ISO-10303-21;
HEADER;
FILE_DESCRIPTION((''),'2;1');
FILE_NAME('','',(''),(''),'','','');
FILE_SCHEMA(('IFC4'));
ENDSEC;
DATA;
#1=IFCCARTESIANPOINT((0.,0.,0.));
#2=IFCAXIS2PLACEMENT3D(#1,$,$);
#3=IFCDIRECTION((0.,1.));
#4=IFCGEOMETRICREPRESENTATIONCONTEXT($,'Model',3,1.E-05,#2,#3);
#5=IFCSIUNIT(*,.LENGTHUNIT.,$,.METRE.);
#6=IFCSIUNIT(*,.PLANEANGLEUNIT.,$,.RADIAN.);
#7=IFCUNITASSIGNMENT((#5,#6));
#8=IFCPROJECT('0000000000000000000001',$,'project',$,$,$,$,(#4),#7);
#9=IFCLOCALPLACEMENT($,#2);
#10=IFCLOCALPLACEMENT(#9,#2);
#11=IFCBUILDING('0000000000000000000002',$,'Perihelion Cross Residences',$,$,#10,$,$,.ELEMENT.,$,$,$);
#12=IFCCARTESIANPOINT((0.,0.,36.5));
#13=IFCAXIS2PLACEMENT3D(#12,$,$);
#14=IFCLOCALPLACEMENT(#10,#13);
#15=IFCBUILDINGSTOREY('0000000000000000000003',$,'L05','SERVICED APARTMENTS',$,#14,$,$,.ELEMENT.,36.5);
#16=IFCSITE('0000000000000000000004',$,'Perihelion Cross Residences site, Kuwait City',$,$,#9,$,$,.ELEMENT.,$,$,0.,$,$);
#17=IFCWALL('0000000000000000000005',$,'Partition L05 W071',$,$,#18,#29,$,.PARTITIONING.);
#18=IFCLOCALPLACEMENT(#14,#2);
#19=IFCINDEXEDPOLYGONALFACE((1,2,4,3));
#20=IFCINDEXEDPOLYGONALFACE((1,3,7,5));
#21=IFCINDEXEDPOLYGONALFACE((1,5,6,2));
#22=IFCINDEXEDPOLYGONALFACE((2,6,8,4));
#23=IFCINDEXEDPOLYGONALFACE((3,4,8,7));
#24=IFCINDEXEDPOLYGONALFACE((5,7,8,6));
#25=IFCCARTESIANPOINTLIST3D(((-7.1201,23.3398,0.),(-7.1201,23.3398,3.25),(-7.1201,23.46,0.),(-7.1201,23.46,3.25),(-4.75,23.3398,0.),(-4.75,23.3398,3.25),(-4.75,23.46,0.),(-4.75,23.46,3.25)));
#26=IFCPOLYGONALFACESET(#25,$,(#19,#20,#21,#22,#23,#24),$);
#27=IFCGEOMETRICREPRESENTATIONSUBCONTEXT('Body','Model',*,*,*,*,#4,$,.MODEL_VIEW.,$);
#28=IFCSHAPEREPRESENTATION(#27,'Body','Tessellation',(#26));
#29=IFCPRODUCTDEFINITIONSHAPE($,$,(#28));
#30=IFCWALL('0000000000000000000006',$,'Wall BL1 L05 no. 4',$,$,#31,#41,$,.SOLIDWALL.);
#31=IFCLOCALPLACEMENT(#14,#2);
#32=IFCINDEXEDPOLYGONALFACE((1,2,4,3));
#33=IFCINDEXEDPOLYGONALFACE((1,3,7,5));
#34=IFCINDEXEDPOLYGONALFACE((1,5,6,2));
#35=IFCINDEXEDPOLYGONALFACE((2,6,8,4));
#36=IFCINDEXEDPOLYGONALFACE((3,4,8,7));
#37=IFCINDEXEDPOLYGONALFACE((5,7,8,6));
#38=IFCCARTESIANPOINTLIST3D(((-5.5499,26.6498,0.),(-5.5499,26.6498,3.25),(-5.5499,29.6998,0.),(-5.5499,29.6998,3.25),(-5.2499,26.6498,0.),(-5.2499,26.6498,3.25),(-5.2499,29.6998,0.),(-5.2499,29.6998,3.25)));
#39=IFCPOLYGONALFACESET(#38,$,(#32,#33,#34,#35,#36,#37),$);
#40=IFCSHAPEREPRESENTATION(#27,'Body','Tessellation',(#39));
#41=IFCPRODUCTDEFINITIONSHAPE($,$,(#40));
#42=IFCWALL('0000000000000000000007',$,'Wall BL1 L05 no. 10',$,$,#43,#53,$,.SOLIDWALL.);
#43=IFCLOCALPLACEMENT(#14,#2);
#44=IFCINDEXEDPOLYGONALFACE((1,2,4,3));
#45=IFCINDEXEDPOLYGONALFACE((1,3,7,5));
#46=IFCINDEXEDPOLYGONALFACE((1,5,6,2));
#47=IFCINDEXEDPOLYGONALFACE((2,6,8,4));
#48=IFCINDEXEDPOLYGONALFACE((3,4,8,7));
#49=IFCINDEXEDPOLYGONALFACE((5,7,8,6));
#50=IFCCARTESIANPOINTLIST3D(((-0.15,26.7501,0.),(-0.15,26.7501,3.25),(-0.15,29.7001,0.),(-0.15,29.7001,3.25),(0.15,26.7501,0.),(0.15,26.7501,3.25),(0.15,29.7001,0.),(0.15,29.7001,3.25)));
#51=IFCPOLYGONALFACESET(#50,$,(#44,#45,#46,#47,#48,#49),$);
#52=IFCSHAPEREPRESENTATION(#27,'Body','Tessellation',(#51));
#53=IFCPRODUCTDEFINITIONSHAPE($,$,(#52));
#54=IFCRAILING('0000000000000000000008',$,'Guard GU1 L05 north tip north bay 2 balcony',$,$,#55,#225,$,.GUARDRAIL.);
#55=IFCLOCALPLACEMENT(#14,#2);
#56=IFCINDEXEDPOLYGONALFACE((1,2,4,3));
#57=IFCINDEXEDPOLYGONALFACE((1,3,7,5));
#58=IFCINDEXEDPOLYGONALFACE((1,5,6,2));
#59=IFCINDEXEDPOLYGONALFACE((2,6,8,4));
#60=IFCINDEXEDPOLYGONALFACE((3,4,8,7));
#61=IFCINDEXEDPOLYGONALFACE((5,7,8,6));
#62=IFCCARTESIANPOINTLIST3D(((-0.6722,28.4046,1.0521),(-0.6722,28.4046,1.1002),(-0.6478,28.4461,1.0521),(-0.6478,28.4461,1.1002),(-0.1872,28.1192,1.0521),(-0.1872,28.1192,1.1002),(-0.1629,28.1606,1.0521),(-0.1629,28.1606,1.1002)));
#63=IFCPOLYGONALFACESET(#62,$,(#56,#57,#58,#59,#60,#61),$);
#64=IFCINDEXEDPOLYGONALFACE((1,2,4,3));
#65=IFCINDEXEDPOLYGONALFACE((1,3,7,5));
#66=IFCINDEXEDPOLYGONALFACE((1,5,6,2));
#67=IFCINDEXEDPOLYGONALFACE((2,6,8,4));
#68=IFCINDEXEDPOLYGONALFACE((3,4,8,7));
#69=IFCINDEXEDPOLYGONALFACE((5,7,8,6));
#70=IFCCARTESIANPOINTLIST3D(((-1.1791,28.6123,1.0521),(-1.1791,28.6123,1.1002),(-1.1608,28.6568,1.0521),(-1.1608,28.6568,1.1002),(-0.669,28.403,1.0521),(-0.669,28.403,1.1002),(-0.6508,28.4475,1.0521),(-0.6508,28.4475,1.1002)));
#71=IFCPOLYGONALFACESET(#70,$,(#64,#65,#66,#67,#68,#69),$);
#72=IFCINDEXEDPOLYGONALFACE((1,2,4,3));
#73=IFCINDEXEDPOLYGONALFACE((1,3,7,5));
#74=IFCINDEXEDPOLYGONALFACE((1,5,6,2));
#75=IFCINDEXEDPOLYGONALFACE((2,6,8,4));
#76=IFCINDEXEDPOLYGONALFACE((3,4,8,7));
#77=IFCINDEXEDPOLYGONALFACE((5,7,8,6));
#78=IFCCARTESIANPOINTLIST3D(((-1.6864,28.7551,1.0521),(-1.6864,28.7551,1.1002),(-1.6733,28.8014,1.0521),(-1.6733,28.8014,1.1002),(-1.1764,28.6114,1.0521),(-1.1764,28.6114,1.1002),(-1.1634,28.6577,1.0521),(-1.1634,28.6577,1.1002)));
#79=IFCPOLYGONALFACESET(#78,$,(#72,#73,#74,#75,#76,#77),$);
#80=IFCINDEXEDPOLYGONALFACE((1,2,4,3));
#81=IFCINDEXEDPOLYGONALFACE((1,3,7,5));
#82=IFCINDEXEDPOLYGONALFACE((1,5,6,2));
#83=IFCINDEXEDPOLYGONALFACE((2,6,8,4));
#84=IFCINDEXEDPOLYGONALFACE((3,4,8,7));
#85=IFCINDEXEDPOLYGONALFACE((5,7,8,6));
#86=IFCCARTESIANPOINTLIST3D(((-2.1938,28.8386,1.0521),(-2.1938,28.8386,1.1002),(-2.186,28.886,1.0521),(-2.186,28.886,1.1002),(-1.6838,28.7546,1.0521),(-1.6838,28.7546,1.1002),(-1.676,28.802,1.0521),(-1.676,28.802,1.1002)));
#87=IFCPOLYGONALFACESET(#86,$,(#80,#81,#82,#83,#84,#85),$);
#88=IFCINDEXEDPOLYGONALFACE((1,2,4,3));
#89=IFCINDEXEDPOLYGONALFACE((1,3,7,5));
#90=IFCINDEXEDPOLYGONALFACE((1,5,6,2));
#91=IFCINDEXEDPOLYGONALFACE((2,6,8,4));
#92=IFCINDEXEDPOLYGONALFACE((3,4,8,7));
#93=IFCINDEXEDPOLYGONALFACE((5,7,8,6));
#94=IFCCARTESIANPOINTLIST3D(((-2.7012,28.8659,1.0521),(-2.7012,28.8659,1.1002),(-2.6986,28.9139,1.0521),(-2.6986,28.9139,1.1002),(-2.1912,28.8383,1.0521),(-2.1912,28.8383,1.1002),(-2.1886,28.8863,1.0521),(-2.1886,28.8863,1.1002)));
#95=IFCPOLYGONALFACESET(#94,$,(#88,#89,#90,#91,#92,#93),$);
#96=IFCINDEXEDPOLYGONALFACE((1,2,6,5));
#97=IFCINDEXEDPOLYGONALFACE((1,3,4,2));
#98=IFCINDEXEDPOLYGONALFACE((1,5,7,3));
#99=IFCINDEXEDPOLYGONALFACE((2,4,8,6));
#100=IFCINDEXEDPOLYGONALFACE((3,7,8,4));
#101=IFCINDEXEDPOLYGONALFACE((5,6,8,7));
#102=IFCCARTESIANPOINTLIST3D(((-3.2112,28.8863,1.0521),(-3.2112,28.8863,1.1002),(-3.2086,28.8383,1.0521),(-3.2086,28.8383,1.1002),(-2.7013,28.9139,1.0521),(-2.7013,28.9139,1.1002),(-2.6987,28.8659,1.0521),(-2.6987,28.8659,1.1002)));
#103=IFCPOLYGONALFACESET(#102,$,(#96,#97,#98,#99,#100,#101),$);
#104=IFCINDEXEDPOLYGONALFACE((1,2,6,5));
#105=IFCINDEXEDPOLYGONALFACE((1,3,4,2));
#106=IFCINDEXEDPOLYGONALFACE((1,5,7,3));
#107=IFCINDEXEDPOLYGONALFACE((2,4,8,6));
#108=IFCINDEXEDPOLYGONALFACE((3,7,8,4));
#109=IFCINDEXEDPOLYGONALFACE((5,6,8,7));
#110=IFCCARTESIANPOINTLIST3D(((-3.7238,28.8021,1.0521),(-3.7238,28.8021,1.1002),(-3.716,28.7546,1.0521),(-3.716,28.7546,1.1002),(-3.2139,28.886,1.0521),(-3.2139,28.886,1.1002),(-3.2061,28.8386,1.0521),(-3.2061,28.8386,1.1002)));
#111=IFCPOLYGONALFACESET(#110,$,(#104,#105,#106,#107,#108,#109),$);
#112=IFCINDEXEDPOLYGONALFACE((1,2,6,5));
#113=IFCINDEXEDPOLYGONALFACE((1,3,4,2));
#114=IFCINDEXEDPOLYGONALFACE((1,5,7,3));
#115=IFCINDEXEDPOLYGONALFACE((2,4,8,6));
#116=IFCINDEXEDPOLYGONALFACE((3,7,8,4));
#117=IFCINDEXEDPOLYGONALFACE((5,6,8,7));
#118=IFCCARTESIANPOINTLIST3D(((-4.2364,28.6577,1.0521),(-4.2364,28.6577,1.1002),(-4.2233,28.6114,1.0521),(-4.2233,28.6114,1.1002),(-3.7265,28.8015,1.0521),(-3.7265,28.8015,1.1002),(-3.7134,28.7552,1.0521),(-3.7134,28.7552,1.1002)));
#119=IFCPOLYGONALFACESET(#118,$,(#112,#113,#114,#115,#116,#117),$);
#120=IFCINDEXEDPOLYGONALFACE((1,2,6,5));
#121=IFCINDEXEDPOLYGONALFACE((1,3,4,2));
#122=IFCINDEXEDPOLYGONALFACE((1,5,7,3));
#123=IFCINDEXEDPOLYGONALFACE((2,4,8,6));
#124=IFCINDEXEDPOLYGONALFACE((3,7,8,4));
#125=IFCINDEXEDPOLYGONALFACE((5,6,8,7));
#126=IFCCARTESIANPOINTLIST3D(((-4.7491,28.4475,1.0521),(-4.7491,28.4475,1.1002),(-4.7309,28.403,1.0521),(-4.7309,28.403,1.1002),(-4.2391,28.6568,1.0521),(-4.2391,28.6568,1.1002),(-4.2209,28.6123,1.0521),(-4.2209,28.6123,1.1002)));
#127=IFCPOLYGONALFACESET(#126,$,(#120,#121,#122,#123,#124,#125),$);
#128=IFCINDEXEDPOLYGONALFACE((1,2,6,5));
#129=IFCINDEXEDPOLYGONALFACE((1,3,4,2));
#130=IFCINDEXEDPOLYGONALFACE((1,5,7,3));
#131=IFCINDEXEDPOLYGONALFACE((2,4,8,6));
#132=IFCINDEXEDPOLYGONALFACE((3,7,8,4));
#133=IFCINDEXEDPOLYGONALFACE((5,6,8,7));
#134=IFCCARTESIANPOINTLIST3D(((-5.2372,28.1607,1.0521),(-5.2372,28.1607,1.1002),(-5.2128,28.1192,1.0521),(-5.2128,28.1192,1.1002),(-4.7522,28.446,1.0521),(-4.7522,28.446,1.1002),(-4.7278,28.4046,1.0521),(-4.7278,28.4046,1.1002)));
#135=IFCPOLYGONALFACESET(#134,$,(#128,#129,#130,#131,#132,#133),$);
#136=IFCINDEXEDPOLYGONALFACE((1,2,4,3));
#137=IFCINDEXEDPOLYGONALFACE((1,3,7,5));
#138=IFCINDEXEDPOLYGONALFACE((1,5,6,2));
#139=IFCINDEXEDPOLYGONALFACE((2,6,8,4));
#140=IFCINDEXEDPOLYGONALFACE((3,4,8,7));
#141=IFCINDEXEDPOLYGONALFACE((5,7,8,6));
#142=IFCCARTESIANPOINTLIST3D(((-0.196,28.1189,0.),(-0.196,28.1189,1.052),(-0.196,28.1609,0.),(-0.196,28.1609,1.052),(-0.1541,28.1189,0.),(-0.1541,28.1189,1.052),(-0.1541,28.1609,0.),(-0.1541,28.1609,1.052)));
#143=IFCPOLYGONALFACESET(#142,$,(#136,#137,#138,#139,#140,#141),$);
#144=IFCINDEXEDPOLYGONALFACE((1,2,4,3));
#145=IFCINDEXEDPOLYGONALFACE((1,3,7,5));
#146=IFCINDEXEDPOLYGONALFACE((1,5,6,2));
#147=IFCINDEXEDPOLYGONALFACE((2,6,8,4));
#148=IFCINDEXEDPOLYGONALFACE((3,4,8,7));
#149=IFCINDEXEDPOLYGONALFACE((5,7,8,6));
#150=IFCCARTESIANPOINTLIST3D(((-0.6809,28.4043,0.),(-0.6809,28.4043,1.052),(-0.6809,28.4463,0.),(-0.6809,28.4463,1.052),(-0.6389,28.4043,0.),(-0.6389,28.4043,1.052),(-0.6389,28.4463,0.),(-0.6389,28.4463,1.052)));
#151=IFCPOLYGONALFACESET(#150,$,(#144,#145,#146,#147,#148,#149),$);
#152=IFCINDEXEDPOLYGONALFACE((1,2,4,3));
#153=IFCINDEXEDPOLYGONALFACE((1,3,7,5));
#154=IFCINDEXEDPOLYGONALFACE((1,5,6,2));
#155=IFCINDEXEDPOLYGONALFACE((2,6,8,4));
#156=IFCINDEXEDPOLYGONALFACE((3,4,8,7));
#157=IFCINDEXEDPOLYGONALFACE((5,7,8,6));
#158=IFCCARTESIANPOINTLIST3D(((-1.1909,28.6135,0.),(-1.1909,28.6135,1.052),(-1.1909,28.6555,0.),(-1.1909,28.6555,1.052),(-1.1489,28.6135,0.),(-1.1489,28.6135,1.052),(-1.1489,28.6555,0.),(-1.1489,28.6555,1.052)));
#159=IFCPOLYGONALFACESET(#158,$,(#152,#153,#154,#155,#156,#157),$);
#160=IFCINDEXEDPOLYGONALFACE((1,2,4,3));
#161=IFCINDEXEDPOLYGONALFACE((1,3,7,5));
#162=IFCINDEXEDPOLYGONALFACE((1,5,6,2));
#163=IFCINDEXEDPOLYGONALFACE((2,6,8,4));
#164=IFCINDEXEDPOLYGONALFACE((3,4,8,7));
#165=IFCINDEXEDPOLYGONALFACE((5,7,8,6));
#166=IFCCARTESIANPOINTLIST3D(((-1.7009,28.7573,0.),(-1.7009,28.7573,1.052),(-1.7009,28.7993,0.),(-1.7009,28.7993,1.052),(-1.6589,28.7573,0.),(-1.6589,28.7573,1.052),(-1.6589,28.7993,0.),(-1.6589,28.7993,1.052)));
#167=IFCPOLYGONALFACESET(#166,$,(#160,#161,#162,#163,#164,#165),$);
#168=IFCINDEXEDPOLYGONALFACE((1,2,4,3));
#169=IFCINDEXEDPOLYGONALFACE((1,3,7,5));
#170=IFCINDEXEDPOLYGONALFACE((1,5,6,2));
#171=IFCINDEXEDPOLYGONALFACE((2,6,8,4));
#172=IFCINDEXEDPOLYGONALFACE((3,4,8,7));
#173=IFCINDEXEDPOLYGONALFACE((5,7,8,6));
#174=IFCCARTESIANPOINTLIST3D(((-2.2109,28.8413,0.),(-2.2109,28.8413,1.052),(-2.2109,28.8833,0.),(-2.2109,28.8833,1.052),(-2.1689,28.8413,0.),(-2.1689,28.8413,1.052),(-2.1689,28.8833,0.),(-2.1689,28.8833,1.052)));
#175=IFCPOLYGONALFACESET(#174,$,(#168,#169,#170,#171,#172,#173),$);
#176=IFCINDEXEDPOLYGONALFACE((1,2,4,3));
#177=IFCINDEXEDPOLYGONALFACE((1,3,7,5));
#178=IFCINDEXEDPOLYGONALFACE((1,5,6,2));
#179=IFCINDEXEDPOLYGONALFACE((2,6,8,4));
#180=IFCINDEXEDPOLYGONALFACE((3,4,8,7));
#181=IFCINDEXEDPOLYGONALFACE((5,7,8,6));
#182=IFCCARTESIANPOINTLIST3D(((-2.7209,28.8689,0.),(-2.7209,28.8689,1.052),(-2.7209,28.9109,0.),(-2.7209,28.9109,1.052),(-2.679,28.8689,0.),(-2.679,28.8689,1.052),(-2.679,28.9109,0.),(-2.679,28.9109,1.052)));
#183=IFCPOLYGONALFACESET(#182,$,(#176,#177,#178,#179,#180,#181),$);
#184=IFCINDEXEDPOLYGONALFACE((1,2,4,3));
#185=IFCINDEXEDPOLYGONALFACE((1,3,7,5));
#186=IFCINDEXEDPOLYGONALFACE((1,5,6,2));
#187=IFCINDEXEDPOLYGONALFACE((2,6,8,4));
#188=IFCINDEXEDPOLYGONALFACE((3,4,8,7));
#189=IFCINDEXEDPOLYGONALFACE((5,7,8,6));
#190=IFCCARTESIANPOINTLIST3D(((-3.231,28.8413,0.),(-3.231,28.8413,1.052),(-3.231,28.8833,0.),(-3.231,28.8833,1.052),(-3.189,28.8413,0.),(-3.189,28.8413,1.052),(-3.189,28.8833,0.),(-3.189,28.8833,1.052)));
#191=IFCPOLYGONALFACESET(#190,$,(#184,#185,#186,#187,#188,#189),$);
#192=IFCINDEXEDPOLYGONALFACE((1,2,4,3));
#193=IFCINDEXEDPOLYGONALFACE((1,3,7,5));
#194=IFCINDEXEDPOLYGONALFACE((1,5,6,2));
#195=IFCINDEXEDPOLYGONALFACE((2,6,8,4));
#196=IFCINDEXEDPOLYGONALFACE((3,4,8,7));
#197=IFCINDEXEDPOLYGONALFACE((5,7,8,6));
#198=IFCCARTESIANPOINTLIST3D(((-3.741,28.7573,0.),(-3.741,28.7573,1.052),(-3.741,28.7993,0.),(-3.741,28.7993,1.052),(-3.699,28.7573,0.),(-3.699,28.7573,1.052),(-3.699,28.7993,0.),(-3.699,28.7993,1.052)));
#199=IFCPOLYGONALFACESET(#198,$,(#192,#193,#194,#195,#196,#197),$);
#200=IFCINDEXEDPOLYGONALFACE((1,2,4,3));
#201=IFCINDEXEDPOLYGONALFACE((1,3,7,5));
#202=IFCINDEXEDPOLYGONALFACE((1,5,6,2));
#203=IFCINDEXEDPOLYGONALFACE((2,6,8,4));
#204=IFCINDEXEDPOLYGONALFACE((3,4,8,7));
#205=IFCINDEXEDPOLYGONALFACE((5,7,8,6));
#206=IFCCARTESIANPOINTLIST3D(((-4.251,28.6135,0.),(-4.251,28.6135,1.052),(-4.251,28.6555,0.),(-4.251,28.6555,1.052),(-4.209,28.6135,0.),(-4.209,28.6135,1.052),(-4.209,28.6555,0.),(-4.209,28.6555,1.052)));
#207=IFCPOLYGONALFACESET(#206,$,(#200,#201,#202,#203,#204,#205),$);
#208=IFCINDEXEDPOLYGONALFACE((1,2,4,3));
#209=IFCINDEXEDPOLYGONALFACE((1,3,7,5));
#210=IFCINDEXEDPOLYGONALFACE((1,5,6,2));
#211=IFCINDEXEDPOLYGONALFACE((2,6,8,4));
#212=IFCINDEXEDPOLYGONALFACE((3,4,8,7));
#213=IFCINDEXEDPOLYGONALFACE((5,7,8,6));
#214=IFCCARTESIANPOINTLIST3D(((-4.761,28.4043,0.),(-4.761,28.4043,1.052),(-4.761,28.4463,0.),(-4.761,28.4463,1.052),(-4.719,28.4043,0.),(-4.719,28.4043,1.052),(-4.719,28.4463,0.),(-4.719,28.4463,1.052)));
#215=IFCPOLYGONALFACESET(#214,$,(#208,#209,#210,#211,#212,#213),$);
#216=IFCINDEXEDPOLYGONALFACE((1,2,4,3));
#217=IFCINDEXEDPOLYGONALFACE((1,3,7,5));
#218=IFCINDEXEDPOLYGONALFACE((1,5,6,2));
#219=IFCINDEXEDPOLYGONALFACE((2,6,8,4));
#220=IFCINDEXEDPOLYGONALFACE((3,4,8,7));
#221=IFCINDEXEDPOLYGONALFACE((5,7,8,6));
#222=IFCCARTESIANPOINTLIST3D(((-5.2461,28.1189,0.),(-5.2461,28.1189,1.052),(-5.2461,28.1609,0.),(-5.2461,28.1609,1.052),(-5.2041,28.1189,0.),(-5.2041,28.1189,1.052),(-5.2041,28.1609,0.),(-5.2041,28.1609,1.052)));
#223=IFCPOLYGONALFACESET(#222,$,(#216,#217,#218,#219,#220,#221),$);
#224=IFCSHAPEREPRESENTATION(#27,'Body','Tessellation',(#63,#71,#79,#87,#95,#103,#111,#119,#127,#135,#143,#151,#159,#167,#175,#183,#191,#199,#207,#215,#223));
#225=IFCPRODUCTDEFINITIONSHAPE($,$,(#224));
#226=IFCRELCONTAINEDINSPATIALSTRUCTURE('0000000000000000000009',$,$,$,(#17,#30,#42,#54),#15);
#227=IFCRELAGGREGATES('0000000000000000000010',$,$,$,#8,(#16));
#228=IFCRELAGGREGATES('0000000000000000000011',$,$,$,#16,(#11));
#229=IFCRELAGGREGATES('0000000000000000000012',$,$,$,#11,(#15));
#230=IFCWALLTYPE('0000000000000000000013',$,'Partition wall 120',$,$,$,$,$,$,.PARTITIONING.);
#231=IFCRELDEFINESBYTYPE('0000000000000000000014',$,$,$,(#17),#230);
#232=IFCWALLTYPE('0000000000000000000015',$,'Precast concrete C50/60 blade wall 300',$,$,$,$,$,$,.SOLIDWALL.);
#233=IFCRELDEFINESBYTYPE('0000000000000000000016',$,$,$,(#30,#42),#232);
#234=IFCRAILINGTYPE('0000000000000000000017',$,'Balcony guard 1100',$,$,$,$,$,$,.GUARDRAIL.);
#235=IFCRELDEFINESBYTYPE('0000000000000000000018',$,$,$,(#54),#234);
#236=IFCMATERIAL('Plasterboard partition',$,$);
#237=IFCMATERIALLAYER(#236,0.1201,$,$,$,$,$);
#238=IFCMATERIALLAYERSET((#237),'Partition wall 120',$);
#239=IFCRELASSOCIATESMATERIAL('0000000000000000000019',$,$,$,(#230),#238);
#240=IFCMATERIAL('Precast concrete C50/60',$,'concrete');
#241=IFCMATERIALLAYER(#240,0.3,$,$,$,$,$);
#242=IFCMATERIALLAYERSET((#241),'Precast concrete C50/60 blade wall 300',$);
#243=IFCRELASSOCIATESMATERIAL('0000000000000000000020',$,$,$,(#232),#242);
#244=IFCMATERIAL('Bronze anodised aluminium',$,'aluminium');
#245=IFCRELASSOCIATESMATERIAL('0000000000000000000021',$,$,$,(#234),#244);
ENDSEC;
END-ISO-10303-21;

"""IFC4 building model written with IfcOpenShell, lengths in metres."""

from ifc_helpers import new_model, si_unit, direction, frame, frame_2d, origin, origin_2d, place, context, subcontext, project, spatial, rectangle, extrude, material, layer, layer_set, type_object, element, save


model = new_model("IFC4")

# Units and contexts
model_context = context("Model", 3, precision=1e-05, world=origin(), true_north=direction((0.0, 1.0)))
body_context = subcontext(model_context, "Body", "Model", "MODEL_VIEW")
ifc_project = project(units=[si_unit("LENGTHUNIT", "METRE"), si_unit("PLANEANGLEUNIT", "RADIAN")], contexts=[model_context])

# Site, building, storey
site_placement = place(None, origin())
site = spatial("IfcSite", under=ifc_project, at=site_placement, Name="Perihelion Cross Residences site, Kuwait City", CompositionType="ELEMENT", RefElevation=0.0)
building_placement = place(site_placement, origin())
building = spatial("IfcBuilding", under=site, at=building_placement, Name="Perihelion Cross Residences", CompositionType="ELEMENT")
storey_placement = place(building_placement, frame((0.0, 0.0, 36.5)))
storey = spatial("IfcBuildingStorey", under=building, at=storey_placement, Name="L05", Description="SERVICED APARTMENTS", CompositionType="ELEMENT", Elevation=36.5)

# Shared definitions
ifc_material_1 = material(Name="Plasterboard partition")
ifc_layer_1 = layer(ifc_material_1, 0.1201)
ifc_layer_set_1 = layer_set([ifc_layer_1], Name="Partition wall 120")
wall_type_1 = type_object("IfcWallType", Name="Partition wall 120", PredefinedType="PARTITIONING", material=ifc_layer_set_1)

# Walls
wall_1_placement = place(storey_placement, frame((-7.1201, 23.3999, 0.0), z_axis=(0.0, 0.0, 1.0), x_axis=(1.0, 0.0, 0.0)))
element("IfcWall", 1, at=wall_1_placement, inside=storey, type_object=wall_type_1, Name="Partition L05 W071", PredefinedType="PARTITIONING", context=body_context, shape_type="SweptSolid", body=[
    extrude(rectangle(XDim=2.3701, YDim=0.1201, at=frame_2d((1.1851, 0.0))), origin(), (0.0, 0.0, 1.0), 3.25),
])
ifc_material_2 = material(Name="Precast concrete C50/60", Category="concrete")
ifc_layer_2 = layer(ifc_material_2, 0.3)
ifc_layer_set_2 = layer_set([ifc_layer_2], Name="Precast concrete C50/60 blade wall 300")
wall_type_2 = type_object("IfcWallType", Name="Precast concrete C50/60 blade wall 300", PredefinedType="SOLIDWALL", material=ifc_layer_set_2)
wall_2_placement = place(storey_placement, frame((-5.3999, 26.6499, 0.0), z_axis=(0.0, 0.0, 1.0), x_axis=(0.0, 1.0, 0.0)))
element("IfcWall", 2, at=wall_2_placement, inside=storey, type_object=wall_type_2, Name="Wall BL1 L05 no. 4", PredefinedType="SOLIDWALL", context=body_context, shape_type="SweptSolid", body=[
    extrude(rectangle(XDim=3.05, YDim=0.3, at=frame_2d((1.5249, 0.0))), origin(), (0.0, 0.0, 1.0), 3.25),
])
wall_3_placement = place(storey_placement, frame((0.0, 26.75, 0.0), z_axis=(0.0, 0.0, 1.0), x_axis=(0.0, 1.0, 0.0)))
element("IfcWall", 3, at=wall_3_placement, inside=storey, type_object=wall_type_2, Name="Wall BL1 L05 no. 10", PredefinedType="SOLIDWALL", context=body_context, shape_type="SweptSolid", body=[
    extrude(rectangle(XDim=2.95, YDim=0.3, at=frame_2d((1.4751, 0.0))), origin(), (0.0, 0.0, 1.0), 3.25),
])

# Railing
ifc_material_3 = material(Name="Bronze anodised aluminium", Category="aluminium")
railing_type = type_object("IfcRailingType", Name="Balcony guard 1100", PredefinedType="GUARDRAIL", material=ifc_material_3)
railing_placement = place(storey_placement, frame((-0.175, 28.1399, 0.0)))
element("IfcRailing", 4, at=railing_placement, inside=storey, type_object=railing_type, Name="Guard GU1 L05 north tip north bay 2 balcony", PredefinedType="GUARDRAIL", context=body_context, shape_type="SweptSolid", body=[
    extrude(rectangle(XDim=0.0481, YDim=0.0481, at=origin_2d()), frame((0.0, 0.0, 1.0762), z_axis=(-0.861789, 0.507267, 0.0), x_axis=(-0.507267, -0.861789, 0.0)), (0.0, 0.0, 1.0), 0.5627),
    extrude(rectangle(XDim=0.0481, YDim=0.0481, at=origin_2d()), frame((-0.4849, 0.2854, 1.0762), z_axis=(-0.925173, 0.379547, 0.0), x_axis=(-0.379547, -0.925173, 0.0)), (0.0, 0.0, 1.0), 0.5513),
    extrude(rectangle(XDim=0.0481, YDim=0.0481, at=origin_2d()), frame((-0.9949, 0.4946, 1.0762), z_axis=(-0.962474, 0.271373, 0.0), x_axis=(-0.271373, -0.962474, 0.0)), (0.0, 0.0, 1.0), 0.5298),
    extrude(rectangle(XDim=0.0481, YDim=0.0481, at=origin_2d()), frame((-1.5049, 0.6384, 1.0762), z_axis=(-0.986711, 0.162484, 0.0), x_axis=(-0.162484, -0.986711, 0.0)), (0.0, 0.0, 1.0), 0.5168),
    extrude(rectangle(XDim=0.0481, YDim=0.0481, at=origin_2d()), frame((-2.0149, 0.7224, 1.0762), z_axis=(-0.99854, 0.054014, 0.0), x_axis=(-0.054014, -0.99854, 0.0)), (0.0, 0.0, 1.0), 0.5107),
    extrude(rectangle(XDim=0.0481, YDim=0.0481, at=origin_2d()), frame((-2.5249, 0.75, 1.0762), z_axis=(-0.99854, -0.054014, 0.0), x_axis=(0.054014, -0.99854, 0.0)), (0.0, 0.0, 1.0), 0.5107),
    extrude(rectangle(XDim=0.0481, YDim=0.0481, at=origin_2d()), frame((-3.0349, 0.7224, 1.0762), z_axis=(-0.986711, -0.162484, 0.0), x_axis=(0.162484, -0.986711, 0.0)), (0.0, 0.0, 1.0), 0.5168),
    extrude(rectangle(XDim=0.0481, YDim=0.0481, at=origin_2d()), frame((-3.5449, 0.6384, 1.0762), z_axis=(-0.962474, -0.271373, 0.0), x_axis=(0.271373, -0.962474, 0.0)), (0.0, 0.0, 1.0), 0.5298),
    extrude(rectangle(XDim=0.0481, YDim=0.0481, at=origin_2d()), frame((-4.0549, 0.4946, 1.0762), z_axis=(-0.925173, -0.379547, 0.0), x_axis=(0.379547, -0.925173, 0.0)), (0.0, 0.0, 1.0), 0.5513),
    extrude(rectangle(XDim=0.0481, YDim=0.0481, at=origin_2d()), frame((-4.5649, 0.2854, 1.0762), z_axis=(-0.861901, -0.507077, 0.0), x_axis=(0.507077, -0.861901, 0.0)), (0.0, 0.0, 1.0), 0.5627),
    extrude(rectangle(XDim=0.042, YDim=0.042, at=origin_2d()), origin(), (0.0, 0.0, 1.0), 1.052),
    extrude(rectangle(XDim=0.042, YDim=0.042, at=origin_2d()), frame((-0.4849, 0.2854, 0.0)), (0.0, 0.0, 1.0), 1.052),
    extrude(rectangle(XDim=0.042, YDim=0.042, at=origin_2d()), frame((-0.9949, 0.4946, 0.0)), (0.0, 0.0, 1.0), 1.052),
    extrude(rectangle(XDim=0.042, YDim=0.042, at=origin_2d()), frame((-1.5049, 0.6384, 0.0)), (0.0, 0.0, 1.0), 1.052),
    extrude(rectangle(XDim=0.042, YDim=0.042, at=origin_2d()), frame((-2.0149, 0.7224, 0.0)), (0.0, 0.0, 1.0), 1.052),
    extrude(rectangle(XDim=0.042, YDim=0.042, at=origin_2d()), frame((-2.5249, 0.75, 0.0)), (0.0, 0.0, 1.0), 1.052),
    extrude(rectangle(XDim=0.042, YDim=0.042, at=origin_2d()), frame((-3.0349, 0.7224, 0.0)), (0.0, 0.0, 1.0), 1.052),
    extrude(rectangle(XDim=0.042, YDim=0.042, at=origin_2d()), frame((-3.5449, 0.6384, 0.0)), (0.0, 0.0, 1.0), 1.052),
    extrude(rectangle(XDim=0.042, YDim=0.042, at=origin_2d()), frame((-4.0549, 0.4946, 0.0)), (0.0, 0.0, 1.0), 1.052),
    extrude(rectangle(XDim=0.042, YDim=0.042, at=origin_2d()), frame((-4.5649, 0.2854, 0.0)), (0.0, 0.0, 1.0), 1.052),
    extrude(rectangle(XDim=0.042, YDim=0.042, at=origin_2d()), frame((-5.05, 0.0, 0.0)), (0.0, 0.0, 1.0), 1.052),
])

save(model, "model.ifc")
